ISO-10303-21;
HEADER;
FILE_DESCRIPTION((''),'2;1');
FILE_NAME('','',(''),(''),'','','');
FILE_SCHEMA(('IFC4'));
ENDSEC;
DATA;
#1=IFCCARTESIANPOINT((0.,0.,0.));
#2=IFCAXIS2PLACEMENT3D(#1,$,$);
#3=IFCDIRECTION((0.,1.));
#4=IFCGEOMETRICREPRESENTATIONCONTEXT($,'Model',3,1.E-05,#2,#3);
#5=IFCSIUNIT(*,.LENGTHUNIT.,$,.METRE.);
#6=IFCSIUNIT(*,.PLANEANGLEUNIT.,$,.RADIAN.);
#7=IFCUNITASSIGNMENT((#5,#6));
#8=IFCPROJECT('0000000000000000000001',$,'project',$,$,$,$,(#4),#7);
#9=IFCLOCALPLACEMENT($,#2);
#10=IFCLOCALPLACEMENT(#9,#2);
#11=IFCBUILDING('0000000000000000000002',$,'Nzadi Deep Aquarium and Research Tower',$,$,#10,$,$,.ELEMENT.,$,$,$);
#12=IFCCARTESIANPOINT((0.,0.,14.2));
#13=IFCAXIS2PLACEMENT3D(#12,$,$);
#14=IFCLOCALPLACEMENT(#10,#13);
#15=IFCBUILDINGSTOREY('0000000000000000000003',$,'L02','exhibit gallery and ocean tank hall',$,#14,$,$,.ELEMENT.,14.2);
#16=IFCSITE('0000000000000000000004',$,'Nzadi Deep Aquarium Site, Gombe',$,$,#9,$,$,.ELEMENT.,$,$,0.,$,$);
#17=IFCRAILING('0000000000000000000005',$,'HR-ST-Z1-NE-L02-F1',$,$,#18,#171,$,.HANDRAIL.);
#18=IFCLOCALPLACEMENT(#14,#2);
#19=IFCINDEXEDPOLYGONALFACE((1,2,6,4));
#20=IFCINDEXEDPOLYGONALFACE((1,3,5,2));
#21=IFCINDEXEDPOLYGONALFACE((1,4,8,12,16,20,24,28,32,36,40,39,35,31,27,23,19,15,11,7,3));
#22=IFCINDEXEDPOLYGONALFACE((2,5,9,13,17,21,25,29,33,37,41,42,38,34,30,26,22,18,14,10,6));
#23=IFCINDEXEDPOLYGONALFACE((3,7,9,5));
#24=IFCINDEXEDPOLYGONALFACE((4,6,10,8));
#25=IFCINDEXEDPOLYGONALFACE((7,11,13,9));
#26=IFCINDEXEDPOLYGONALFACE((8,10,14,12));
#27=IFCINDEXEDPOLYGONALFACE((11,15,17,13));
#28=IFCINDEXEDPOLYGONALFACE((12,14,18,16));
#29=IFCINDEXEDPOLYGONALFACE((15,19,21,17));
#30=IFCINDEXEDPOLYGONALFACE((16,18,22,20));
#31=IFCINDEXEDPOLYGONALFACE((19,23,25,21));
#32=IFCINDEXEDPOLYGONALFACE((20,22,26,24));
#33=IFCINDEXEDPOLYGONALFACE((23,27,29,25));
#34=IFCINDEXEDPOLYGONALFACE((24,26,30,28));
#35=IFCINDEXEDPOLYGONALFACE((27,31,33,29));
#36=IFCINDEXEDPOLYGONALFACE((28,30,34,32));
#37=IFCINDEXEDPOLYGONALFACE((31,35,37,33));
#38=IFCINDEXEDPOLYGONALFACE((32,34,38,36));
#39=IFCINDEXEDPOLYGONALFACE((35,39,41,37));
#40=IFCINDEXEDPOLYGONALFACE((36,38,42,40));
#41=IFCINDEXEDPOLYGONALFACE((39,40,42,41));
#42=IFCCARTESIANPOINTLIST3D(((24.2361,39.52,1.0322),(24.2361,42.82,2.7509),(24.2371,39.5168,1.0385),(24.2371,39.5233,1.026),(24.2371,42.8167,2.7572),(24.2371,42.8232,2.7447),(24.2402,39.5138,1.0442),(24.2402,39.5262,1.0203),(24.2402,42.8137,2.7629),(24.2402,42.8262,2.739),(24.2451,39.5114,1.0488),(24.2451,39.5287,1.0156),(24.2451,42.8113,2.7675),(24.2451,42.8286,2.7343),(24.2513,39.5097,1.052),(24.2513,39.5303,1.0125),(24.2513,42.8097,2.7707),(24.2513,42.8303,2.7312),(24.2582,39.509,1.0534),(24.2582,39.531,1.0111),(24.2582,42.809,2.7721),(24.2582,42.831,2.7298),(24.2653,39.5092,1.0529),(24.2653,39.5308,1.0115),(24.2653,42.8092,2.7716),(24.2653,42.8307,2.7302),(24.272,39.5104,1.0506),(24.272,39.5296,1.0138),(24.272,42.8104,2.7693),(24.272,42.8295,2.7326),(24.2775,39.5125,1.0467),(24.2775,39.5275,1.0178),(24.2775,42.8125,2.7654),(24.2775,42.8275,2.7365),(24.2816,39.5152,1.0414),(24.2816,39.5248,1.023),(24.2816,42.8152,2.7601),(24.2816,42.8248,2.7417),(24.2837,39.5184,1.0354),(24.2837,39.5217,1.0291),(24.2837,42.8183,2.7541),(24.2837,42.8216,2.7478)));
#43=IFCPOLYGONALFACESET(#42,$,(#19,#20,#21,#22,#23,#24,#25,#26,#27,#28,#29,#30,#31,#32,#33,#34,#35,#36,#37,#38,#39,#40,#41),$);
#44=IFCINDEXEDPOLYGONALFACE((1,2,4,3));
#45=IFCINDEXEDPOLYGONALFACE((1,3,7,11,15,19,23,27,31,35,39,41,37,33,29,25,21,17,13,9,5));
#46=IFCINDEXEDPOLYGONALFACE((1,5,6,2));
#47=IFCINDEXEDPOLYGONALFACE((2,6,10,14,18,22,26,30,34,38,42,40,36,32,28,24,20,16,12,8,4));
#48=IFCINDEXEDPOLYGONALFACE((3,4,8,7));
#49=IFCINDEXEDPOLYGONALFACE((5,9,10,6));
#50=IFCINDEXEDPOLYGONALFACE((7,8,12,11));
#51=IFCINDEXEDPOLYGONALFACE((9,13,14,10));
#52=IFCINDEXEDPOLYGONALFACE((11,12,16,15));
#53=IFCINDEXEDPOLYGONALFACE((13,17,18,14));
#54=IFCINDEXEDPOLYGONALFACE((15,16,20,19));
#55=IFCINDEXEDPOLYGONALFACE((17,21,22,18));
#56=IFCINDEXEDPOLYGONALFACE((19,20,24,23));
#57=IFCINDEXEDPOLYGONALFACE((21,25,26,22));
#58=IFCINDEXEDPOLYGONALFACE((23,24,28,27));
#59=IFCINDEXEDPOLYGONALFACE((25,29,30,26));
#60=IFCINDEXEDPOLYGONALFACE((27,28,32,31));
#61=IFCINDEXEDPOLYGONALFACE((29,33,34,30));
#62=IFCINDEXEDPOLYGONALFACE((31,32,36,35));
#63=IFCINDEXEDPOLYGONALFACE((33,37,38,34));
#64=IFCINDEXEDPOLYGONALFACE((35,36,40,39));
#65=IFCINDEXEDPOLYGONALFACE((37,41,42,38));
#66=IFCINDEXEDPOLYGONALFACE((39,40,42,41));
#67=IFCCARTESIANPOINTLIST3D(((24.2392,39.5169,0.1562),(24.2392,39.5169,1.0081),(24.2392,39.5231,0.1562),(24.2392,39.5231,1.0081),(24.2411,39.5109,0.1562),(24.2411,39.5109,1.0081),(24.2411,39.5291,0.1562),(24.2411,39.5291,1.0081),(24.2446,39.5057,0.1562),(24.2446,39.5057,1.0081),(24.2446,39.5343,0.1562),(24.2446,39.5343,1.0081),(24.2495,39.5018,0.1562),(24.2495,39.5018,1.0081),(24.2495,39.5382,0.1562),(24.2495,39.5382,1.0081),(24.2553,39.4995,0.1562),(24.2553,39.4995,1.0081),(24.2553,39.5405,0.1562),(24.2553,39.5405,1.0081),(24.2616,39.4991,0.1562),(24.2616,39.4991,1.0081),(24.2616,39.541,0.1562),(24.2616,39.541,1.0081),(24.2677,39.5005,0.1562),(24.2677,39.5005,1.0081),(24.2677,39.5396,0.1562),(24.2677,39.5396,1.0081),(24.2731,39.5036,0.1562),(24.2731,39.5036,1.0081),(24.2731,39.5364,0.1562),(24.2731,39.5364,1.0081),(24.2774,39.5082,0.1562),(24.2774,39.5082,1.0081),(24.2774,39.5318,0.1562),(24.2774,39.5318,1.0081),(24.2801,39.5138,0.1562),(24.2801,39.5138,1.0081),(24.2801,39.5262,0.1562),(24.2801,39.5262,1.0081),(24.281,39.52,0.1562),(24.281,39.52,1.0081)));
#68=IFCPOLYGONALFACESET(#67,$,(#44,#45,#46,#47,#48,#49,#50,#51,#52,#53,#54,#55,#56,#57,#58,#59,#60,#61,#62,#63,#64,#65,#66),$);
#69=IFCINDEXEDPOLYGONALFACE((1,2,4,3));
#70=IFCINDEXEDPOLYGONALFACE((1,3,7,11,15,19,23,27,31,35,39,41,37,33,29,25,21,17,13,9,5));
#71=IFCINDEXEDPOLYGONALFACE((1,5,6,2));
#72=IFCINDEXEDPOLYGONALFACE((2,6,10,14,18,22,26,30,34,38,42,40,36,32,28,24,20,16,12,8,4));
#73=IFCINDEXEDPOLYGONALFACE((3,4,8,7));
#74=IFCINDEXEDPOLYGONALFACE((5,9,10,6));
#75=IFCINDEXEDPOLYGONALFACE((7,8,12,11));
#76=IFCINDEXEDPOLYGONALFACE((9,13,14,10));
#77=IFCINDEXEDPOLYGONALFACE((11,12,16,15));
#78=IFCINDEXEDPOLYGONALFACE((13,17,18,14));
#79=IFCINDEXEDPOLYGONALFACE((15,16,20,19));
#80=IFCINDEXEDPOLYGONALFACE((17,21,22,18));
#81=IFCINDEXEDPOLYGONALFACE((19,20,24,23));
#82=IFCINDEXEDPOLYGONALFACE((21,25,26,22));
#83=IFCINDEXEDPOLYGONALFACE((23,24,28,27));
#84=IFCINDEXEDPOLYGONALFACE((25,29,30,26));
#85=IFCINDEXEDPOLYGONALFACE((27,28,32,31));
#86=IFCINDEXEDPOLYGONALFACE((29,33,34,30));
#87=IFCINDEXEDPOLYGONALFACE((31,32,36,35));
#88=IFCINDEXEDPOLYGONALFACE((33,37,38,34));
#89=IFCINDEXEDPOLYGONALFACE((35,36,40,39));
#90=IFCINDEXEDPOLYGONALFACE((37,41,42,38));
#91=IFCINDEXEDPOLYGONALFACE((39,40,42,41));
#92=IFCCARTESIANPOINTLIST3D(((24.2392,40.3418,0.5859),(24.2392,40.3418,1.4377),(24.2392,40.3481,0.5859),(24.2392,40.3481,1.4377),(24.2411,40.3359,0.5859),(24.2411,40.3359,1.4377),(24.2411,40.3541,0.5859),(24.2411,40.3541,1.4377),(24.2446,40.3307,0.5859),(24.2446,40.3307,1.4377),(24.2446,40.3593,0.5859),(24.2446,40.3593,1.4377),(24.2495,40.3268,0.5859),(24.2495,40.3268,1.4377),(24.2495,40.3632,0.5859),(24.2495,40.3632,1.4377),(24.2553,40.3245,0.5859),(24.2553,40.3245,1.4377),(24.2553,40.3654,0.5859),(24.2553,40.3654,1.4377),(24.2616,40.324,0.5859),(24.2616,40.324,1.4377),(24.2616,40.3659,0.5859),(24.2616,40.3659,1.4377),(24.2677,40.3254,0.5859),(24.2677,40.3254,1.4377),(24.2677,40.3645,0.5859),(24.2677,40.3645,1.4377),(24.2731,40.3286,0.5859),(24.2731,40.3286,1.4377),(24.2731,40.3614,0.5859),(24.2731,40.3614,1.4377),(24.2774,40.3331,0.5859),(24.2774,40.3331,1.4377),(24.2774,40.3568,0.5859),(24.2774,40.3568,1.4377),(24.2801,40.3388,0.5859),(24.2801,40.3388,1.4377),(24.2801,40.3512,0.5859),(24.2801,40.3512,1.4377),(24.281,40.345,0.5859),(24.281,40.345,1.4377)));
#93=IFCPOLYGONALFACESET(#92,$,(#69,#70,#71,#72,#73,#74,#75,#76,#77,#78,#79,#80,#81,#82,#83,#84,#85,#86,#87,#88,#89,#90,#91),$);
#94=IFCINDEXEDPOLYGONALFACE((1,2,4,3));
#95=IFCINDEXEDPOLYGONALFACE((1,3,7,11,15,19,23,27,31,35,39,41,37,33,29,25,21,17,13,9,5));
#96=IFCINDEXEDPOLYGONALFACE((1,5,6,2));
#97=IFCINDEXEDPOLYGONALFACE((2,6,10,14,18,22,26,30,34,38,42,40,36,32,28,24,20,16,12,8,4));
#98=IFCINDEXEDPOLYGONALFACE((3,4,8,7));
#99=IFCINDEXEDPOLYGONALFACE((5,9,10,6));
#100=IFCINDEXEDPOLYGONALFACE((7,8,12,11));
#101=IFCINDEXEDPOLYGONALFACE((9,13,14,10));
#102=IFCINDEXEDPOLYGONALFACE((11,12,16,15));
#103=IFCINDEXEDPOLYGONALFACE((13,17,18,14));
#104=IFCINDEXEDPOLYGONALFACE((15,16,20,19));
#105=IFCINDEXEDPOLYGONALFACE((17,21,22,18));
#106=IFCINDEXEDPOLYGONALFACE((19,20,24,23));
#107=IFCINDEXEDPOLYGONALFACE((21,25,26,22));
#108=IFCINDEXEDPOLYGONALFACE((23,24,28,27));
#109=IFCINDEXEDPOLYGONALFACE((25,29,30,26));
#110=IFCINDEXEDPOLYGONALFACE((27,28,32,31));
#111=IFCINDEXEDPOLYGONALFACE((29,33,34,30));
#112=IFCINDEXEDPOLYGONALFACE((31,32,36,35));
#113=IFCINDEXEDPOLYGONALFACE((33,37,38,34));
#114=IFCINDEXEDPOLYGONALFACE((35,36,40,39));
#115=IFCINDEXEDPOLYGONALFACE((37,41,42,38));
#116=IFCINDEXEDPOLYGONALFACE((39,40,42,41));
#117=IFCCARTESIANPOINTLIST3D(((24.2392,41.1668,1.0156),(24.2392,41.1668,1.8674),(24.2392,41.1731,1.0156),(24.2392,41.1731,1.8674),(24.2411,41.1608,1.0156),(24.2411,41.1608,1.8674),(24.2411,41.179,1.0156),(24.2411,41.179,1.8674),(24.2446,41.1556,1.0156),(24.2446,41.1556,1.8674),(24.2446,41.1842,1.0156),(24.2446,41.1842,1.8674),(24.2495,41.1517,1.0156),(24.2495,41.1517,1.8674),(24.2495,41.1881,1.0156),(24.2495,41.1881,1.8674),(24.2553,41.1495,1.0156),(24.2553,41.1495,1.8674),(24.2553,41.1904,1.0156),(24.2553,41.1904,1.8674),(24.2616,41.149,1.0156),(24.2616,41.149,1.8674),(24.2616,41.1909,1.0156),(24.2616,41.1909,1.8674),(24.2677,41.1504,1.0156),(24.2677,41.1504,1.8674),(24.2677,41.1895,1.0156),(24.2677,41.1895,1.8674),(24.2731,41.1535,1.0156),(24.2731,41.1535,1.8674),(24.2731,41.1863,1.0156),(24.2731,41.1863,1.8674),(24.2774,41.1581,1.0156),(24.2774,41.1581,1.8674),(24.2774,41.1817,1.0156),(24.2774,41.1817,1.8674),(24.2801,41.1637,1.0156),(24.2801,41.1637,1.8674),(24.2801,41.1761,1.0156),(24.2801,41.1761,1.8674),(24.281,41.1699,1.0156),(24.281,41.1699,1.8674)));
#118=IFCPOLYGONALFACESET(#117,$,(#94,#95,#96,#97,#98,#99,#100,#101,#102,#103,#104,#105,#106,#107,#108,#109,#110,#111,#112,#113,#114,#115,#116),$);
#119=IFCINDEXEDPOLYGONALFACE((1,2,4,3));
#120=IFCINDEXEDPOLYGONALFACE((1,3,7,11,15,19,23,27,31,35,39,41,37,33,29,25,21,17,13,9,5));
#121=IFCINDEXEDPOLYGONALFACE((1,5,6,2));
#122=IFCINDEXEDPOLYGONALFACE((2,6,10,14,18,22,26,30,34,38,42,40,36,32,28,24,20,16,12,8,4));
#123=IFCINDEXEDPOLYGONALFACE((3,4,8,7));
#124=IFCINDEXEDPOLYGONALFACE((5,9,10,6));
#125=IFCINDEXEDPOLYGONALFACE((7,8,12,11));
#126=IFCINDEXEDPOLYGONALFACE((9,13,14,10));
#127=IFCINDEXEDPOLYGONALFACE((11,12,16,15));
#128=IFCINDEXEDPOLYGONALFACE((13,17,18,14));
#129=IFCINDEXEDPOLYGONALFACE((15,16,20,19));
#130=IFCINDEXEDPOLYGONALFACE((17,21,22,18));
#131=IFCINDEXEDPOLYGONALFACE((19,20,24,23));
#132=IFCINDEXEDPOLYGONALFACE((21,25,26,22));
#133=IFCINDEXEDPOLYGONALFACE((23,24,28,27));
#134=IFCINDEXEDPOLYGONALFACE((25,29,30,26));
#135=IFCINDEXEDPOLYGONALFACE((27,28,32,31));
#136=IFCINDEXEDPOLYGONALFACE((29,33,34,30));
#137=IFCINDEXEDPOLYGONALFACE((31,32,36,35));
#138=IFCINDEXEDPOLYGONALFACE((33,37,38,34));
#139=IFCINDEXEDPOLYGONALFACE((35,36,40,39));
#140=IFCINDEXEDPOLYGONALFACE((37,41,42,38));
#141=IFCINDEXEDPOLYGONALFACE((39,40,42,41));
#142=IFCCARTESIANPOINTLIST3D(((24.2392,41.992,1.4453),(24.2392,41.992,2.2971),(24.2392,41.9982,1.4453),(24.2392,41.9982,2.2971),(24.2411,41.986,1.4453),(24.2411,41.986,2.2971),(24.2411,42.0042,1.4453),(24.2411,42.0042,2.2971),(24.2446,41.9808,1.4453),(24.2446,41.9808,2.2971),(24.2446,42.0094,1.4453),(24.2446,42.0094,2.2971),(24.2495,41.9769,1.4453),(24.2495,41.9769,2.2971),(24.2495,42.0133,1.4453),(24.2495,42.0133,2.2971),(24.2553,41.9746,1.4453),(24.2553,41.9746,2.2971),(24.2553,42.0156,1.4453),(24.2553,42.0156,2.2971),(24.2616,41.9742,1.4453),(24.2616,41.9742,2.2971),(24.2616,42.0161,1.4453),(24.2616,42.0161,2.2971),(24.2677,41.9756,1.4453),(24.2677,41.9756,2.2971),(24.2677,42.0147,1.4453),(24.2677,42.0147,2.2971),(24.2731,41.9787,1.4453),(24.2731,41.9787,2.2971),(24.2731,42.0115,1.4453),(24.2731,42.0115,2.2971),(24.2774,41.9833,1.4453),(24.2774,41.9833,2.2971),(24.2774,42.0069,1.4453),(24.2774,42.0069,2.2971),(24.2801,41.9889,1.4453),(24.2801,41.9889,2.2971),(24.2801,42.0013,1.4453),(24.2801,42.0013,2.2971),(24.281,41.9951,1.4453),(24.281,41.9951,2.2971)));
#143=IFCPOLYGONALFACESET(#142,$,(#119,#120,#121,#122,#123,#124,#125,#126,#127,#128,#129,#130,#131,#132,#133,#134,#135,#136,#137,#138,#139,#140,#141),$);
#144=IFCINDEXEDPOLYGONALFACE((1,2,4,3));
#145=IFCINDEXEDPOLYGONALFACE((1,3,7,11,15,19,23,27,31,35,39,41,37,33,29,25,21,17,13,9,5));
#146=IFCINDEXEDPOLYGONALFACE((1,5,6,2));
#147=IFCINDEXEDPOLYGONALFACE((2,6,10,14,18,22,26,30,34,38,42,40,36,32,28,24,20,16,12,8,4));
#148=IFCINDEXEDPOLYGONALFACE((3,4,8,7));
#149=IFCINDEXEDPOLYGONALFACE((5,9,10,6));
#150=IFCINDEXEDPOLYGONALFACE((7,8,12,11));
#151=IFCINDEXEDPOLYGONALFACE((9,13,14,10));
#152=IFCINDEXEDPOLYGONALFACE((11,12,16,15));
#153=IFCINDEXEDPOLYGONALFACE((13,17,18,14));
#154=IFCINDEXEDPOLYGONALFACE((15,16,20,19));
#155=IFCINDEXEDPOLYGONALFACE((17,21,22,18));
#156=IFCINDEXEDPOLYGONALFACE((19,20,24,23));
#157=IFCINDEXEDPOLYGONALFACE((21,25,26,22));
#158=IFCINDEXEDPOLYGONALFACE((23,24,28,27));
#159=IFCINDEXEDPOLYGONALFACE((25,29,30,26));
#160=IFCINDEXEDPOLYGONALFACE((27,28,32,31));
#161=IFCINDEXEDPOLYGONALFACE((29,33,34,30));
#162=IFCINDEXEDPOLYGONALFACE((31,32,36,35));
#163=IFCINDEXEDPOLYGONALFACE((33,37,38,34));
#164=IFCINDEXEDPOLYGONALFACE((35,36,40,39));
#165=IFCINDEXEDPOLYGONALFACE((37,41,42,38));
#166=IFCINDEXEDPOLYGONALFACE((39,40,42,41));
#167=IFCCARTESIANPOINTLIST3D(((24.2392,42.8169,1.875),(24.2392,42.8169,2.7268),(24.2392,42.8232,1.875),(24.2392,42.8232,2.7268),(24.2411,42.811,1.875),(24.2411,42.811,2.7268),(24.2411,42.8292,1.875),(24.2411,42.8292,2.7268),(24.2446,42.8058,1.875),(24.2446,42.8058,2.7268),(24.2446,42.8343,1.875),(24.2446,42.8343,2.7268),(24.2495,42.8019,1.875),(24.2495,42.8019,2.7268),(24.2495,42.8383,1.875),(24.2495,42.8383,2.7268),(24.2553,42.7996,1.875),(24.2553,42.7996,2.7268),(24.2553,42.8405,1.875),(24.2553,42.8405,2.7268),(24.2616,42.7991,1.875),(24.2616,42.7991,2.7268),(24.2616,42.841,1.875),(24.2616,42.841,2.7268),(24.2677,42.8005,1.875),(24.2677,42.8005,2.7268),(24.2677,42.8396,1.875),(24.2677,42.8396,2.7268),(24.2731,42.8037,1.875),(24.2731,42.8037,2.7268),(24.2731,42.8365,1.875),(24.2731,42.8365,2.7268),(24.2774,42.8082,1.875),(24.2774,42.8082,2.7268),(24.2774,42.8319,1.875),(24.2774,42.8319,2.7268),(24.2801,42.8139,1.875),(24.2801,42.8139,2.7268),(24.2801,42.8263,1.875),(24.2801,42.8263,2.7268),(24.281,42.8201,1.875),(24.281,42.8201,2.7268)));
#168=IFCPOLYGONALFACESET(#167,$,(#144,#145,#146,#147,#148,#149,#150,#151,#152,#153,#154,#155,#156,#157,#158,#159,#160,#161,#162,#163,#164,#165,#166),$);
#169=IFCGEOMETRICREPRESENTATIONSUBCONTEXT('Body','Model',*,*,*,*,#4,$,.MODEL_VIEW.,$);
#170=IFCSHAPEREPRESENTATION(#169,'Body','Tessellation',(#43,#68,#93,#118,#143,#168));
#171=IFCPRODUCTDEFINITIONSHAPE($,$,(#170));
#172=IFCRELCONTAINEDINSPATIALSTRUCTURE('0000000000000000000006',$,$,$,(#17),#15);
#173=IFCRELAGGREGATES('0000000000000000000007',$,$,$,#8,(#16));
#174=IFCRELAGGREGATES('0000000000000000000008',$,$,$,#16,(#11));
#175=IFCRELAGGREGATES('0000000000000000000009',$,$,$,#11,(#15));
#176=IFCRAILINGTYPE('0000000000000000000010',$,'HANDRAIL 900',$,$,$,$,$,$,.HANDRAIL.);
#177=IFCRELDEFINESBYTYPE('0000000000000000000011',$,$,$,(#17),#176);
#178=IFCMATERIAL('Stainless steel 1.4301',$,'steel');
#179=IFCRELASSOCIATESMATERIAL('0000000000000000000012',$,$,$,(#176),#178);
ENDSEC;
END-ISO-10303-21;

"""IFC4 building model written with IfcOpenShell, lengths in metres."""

from ifc_helpers import new_model, si_unit, direction, frame, origin, origin_2d, place, context, subcontext, project, spatial, circle, extrude, material, type_object, element, save


model = new_model("IFC4")

# Units and contexts
model_context = context("Model", 3, precision=1e-05, world=origin(), true_north=direction((0.0, 1.0)))
body_context = subcontext(model_context, "Body", "Model", "MODEL_VIEW")
ifc_project = project(units=[si_unit("LENGTHUNIT", "METRE"), si_unit("PLANEANGLEUNIT", "RADIAN")], contexts=[model_context])

# Site, building, storey
site_placement = place(None, origin())
site = spatial("IfcSite", under=ifc_project, at=site_placement, Name="Nzadi Deep Aquarium Site, Gombe", CompositionType="ELEMENT", RefElevation=0.0)
building_placement = place(site_placement, origin())
building = spatial("IfcBuilding", under=site, at=building_placement, Name="Nzadi Deep Aquarium and Research Tower", CompositionType="ELEMENT")
storey_placement = place(building_placement, frame((0.0, 0.0, 14.2)))
storey = spatial("IfcBuildingStorey", under=building, at=storey_placement, Name="L02", Description="exhibit gallery and ocean tank hall", CompositionType="ELEMENT", Elevation=14.2)

# Railing
ifc_material_1 = material(Name="Stainless steel 1.4301", Category="steel")
railing_type = type_object("IfcRailingType", Name="HANDRAIL 900", PredefinedType="HANDRAIL", material=ifc_material_1)
for number, where, name in (
    (1, (24.26, 39.52, 0.1562), "HR-ST-Z1-NE-L02-F1"),
):
    element("IfcRailing", number, at=place(storey_placement, frame(where)), inside=storey, type_object=railing_type, Name=name, PredefinedType="HANDRAIL", context=body_context, shape_type="SweptSolid", body=[
        extrude(circle(Radius=0.0239, at=origin_2d()), frame((0.0, 0.0, 0.876), z_axis=(0.0, 0.886917, 0.461929), x_axis=(-1.0, 0.0, 0.0)), (0.0, 0.0, 1.0), 3.7207),
        extrude(circle(Radius=0.021, at=origin_2d()), origin(), (0.0, 0.0, 1.0), 0.8518),
        extrude(circle(Radius=0.021, at=origin_2d()), frame((0.0, 0.825, 0.4297)), (0.0, 0.0, 1.0), 0.8518),
        extrude(circle(Radius=0.021, at=origin_2d()), frame((0.0, 1.6499, 0.8594)), (0.0, 0.0, 1.0), 0.8518),
        extrude(circle(Radius=0.021, at=origin_2d()), frame((0.0, 2.4751, 1.2891)), (0.0, 0.0, 1.0), 0.8518),
        extrude(circle(Radius=0.021, at=origin_2d()), frame((0.0, 3.3, 1.7188)), (0.0, 0.0, 1.0), 0.8518),
    ])

save(model, "model.ifc")
